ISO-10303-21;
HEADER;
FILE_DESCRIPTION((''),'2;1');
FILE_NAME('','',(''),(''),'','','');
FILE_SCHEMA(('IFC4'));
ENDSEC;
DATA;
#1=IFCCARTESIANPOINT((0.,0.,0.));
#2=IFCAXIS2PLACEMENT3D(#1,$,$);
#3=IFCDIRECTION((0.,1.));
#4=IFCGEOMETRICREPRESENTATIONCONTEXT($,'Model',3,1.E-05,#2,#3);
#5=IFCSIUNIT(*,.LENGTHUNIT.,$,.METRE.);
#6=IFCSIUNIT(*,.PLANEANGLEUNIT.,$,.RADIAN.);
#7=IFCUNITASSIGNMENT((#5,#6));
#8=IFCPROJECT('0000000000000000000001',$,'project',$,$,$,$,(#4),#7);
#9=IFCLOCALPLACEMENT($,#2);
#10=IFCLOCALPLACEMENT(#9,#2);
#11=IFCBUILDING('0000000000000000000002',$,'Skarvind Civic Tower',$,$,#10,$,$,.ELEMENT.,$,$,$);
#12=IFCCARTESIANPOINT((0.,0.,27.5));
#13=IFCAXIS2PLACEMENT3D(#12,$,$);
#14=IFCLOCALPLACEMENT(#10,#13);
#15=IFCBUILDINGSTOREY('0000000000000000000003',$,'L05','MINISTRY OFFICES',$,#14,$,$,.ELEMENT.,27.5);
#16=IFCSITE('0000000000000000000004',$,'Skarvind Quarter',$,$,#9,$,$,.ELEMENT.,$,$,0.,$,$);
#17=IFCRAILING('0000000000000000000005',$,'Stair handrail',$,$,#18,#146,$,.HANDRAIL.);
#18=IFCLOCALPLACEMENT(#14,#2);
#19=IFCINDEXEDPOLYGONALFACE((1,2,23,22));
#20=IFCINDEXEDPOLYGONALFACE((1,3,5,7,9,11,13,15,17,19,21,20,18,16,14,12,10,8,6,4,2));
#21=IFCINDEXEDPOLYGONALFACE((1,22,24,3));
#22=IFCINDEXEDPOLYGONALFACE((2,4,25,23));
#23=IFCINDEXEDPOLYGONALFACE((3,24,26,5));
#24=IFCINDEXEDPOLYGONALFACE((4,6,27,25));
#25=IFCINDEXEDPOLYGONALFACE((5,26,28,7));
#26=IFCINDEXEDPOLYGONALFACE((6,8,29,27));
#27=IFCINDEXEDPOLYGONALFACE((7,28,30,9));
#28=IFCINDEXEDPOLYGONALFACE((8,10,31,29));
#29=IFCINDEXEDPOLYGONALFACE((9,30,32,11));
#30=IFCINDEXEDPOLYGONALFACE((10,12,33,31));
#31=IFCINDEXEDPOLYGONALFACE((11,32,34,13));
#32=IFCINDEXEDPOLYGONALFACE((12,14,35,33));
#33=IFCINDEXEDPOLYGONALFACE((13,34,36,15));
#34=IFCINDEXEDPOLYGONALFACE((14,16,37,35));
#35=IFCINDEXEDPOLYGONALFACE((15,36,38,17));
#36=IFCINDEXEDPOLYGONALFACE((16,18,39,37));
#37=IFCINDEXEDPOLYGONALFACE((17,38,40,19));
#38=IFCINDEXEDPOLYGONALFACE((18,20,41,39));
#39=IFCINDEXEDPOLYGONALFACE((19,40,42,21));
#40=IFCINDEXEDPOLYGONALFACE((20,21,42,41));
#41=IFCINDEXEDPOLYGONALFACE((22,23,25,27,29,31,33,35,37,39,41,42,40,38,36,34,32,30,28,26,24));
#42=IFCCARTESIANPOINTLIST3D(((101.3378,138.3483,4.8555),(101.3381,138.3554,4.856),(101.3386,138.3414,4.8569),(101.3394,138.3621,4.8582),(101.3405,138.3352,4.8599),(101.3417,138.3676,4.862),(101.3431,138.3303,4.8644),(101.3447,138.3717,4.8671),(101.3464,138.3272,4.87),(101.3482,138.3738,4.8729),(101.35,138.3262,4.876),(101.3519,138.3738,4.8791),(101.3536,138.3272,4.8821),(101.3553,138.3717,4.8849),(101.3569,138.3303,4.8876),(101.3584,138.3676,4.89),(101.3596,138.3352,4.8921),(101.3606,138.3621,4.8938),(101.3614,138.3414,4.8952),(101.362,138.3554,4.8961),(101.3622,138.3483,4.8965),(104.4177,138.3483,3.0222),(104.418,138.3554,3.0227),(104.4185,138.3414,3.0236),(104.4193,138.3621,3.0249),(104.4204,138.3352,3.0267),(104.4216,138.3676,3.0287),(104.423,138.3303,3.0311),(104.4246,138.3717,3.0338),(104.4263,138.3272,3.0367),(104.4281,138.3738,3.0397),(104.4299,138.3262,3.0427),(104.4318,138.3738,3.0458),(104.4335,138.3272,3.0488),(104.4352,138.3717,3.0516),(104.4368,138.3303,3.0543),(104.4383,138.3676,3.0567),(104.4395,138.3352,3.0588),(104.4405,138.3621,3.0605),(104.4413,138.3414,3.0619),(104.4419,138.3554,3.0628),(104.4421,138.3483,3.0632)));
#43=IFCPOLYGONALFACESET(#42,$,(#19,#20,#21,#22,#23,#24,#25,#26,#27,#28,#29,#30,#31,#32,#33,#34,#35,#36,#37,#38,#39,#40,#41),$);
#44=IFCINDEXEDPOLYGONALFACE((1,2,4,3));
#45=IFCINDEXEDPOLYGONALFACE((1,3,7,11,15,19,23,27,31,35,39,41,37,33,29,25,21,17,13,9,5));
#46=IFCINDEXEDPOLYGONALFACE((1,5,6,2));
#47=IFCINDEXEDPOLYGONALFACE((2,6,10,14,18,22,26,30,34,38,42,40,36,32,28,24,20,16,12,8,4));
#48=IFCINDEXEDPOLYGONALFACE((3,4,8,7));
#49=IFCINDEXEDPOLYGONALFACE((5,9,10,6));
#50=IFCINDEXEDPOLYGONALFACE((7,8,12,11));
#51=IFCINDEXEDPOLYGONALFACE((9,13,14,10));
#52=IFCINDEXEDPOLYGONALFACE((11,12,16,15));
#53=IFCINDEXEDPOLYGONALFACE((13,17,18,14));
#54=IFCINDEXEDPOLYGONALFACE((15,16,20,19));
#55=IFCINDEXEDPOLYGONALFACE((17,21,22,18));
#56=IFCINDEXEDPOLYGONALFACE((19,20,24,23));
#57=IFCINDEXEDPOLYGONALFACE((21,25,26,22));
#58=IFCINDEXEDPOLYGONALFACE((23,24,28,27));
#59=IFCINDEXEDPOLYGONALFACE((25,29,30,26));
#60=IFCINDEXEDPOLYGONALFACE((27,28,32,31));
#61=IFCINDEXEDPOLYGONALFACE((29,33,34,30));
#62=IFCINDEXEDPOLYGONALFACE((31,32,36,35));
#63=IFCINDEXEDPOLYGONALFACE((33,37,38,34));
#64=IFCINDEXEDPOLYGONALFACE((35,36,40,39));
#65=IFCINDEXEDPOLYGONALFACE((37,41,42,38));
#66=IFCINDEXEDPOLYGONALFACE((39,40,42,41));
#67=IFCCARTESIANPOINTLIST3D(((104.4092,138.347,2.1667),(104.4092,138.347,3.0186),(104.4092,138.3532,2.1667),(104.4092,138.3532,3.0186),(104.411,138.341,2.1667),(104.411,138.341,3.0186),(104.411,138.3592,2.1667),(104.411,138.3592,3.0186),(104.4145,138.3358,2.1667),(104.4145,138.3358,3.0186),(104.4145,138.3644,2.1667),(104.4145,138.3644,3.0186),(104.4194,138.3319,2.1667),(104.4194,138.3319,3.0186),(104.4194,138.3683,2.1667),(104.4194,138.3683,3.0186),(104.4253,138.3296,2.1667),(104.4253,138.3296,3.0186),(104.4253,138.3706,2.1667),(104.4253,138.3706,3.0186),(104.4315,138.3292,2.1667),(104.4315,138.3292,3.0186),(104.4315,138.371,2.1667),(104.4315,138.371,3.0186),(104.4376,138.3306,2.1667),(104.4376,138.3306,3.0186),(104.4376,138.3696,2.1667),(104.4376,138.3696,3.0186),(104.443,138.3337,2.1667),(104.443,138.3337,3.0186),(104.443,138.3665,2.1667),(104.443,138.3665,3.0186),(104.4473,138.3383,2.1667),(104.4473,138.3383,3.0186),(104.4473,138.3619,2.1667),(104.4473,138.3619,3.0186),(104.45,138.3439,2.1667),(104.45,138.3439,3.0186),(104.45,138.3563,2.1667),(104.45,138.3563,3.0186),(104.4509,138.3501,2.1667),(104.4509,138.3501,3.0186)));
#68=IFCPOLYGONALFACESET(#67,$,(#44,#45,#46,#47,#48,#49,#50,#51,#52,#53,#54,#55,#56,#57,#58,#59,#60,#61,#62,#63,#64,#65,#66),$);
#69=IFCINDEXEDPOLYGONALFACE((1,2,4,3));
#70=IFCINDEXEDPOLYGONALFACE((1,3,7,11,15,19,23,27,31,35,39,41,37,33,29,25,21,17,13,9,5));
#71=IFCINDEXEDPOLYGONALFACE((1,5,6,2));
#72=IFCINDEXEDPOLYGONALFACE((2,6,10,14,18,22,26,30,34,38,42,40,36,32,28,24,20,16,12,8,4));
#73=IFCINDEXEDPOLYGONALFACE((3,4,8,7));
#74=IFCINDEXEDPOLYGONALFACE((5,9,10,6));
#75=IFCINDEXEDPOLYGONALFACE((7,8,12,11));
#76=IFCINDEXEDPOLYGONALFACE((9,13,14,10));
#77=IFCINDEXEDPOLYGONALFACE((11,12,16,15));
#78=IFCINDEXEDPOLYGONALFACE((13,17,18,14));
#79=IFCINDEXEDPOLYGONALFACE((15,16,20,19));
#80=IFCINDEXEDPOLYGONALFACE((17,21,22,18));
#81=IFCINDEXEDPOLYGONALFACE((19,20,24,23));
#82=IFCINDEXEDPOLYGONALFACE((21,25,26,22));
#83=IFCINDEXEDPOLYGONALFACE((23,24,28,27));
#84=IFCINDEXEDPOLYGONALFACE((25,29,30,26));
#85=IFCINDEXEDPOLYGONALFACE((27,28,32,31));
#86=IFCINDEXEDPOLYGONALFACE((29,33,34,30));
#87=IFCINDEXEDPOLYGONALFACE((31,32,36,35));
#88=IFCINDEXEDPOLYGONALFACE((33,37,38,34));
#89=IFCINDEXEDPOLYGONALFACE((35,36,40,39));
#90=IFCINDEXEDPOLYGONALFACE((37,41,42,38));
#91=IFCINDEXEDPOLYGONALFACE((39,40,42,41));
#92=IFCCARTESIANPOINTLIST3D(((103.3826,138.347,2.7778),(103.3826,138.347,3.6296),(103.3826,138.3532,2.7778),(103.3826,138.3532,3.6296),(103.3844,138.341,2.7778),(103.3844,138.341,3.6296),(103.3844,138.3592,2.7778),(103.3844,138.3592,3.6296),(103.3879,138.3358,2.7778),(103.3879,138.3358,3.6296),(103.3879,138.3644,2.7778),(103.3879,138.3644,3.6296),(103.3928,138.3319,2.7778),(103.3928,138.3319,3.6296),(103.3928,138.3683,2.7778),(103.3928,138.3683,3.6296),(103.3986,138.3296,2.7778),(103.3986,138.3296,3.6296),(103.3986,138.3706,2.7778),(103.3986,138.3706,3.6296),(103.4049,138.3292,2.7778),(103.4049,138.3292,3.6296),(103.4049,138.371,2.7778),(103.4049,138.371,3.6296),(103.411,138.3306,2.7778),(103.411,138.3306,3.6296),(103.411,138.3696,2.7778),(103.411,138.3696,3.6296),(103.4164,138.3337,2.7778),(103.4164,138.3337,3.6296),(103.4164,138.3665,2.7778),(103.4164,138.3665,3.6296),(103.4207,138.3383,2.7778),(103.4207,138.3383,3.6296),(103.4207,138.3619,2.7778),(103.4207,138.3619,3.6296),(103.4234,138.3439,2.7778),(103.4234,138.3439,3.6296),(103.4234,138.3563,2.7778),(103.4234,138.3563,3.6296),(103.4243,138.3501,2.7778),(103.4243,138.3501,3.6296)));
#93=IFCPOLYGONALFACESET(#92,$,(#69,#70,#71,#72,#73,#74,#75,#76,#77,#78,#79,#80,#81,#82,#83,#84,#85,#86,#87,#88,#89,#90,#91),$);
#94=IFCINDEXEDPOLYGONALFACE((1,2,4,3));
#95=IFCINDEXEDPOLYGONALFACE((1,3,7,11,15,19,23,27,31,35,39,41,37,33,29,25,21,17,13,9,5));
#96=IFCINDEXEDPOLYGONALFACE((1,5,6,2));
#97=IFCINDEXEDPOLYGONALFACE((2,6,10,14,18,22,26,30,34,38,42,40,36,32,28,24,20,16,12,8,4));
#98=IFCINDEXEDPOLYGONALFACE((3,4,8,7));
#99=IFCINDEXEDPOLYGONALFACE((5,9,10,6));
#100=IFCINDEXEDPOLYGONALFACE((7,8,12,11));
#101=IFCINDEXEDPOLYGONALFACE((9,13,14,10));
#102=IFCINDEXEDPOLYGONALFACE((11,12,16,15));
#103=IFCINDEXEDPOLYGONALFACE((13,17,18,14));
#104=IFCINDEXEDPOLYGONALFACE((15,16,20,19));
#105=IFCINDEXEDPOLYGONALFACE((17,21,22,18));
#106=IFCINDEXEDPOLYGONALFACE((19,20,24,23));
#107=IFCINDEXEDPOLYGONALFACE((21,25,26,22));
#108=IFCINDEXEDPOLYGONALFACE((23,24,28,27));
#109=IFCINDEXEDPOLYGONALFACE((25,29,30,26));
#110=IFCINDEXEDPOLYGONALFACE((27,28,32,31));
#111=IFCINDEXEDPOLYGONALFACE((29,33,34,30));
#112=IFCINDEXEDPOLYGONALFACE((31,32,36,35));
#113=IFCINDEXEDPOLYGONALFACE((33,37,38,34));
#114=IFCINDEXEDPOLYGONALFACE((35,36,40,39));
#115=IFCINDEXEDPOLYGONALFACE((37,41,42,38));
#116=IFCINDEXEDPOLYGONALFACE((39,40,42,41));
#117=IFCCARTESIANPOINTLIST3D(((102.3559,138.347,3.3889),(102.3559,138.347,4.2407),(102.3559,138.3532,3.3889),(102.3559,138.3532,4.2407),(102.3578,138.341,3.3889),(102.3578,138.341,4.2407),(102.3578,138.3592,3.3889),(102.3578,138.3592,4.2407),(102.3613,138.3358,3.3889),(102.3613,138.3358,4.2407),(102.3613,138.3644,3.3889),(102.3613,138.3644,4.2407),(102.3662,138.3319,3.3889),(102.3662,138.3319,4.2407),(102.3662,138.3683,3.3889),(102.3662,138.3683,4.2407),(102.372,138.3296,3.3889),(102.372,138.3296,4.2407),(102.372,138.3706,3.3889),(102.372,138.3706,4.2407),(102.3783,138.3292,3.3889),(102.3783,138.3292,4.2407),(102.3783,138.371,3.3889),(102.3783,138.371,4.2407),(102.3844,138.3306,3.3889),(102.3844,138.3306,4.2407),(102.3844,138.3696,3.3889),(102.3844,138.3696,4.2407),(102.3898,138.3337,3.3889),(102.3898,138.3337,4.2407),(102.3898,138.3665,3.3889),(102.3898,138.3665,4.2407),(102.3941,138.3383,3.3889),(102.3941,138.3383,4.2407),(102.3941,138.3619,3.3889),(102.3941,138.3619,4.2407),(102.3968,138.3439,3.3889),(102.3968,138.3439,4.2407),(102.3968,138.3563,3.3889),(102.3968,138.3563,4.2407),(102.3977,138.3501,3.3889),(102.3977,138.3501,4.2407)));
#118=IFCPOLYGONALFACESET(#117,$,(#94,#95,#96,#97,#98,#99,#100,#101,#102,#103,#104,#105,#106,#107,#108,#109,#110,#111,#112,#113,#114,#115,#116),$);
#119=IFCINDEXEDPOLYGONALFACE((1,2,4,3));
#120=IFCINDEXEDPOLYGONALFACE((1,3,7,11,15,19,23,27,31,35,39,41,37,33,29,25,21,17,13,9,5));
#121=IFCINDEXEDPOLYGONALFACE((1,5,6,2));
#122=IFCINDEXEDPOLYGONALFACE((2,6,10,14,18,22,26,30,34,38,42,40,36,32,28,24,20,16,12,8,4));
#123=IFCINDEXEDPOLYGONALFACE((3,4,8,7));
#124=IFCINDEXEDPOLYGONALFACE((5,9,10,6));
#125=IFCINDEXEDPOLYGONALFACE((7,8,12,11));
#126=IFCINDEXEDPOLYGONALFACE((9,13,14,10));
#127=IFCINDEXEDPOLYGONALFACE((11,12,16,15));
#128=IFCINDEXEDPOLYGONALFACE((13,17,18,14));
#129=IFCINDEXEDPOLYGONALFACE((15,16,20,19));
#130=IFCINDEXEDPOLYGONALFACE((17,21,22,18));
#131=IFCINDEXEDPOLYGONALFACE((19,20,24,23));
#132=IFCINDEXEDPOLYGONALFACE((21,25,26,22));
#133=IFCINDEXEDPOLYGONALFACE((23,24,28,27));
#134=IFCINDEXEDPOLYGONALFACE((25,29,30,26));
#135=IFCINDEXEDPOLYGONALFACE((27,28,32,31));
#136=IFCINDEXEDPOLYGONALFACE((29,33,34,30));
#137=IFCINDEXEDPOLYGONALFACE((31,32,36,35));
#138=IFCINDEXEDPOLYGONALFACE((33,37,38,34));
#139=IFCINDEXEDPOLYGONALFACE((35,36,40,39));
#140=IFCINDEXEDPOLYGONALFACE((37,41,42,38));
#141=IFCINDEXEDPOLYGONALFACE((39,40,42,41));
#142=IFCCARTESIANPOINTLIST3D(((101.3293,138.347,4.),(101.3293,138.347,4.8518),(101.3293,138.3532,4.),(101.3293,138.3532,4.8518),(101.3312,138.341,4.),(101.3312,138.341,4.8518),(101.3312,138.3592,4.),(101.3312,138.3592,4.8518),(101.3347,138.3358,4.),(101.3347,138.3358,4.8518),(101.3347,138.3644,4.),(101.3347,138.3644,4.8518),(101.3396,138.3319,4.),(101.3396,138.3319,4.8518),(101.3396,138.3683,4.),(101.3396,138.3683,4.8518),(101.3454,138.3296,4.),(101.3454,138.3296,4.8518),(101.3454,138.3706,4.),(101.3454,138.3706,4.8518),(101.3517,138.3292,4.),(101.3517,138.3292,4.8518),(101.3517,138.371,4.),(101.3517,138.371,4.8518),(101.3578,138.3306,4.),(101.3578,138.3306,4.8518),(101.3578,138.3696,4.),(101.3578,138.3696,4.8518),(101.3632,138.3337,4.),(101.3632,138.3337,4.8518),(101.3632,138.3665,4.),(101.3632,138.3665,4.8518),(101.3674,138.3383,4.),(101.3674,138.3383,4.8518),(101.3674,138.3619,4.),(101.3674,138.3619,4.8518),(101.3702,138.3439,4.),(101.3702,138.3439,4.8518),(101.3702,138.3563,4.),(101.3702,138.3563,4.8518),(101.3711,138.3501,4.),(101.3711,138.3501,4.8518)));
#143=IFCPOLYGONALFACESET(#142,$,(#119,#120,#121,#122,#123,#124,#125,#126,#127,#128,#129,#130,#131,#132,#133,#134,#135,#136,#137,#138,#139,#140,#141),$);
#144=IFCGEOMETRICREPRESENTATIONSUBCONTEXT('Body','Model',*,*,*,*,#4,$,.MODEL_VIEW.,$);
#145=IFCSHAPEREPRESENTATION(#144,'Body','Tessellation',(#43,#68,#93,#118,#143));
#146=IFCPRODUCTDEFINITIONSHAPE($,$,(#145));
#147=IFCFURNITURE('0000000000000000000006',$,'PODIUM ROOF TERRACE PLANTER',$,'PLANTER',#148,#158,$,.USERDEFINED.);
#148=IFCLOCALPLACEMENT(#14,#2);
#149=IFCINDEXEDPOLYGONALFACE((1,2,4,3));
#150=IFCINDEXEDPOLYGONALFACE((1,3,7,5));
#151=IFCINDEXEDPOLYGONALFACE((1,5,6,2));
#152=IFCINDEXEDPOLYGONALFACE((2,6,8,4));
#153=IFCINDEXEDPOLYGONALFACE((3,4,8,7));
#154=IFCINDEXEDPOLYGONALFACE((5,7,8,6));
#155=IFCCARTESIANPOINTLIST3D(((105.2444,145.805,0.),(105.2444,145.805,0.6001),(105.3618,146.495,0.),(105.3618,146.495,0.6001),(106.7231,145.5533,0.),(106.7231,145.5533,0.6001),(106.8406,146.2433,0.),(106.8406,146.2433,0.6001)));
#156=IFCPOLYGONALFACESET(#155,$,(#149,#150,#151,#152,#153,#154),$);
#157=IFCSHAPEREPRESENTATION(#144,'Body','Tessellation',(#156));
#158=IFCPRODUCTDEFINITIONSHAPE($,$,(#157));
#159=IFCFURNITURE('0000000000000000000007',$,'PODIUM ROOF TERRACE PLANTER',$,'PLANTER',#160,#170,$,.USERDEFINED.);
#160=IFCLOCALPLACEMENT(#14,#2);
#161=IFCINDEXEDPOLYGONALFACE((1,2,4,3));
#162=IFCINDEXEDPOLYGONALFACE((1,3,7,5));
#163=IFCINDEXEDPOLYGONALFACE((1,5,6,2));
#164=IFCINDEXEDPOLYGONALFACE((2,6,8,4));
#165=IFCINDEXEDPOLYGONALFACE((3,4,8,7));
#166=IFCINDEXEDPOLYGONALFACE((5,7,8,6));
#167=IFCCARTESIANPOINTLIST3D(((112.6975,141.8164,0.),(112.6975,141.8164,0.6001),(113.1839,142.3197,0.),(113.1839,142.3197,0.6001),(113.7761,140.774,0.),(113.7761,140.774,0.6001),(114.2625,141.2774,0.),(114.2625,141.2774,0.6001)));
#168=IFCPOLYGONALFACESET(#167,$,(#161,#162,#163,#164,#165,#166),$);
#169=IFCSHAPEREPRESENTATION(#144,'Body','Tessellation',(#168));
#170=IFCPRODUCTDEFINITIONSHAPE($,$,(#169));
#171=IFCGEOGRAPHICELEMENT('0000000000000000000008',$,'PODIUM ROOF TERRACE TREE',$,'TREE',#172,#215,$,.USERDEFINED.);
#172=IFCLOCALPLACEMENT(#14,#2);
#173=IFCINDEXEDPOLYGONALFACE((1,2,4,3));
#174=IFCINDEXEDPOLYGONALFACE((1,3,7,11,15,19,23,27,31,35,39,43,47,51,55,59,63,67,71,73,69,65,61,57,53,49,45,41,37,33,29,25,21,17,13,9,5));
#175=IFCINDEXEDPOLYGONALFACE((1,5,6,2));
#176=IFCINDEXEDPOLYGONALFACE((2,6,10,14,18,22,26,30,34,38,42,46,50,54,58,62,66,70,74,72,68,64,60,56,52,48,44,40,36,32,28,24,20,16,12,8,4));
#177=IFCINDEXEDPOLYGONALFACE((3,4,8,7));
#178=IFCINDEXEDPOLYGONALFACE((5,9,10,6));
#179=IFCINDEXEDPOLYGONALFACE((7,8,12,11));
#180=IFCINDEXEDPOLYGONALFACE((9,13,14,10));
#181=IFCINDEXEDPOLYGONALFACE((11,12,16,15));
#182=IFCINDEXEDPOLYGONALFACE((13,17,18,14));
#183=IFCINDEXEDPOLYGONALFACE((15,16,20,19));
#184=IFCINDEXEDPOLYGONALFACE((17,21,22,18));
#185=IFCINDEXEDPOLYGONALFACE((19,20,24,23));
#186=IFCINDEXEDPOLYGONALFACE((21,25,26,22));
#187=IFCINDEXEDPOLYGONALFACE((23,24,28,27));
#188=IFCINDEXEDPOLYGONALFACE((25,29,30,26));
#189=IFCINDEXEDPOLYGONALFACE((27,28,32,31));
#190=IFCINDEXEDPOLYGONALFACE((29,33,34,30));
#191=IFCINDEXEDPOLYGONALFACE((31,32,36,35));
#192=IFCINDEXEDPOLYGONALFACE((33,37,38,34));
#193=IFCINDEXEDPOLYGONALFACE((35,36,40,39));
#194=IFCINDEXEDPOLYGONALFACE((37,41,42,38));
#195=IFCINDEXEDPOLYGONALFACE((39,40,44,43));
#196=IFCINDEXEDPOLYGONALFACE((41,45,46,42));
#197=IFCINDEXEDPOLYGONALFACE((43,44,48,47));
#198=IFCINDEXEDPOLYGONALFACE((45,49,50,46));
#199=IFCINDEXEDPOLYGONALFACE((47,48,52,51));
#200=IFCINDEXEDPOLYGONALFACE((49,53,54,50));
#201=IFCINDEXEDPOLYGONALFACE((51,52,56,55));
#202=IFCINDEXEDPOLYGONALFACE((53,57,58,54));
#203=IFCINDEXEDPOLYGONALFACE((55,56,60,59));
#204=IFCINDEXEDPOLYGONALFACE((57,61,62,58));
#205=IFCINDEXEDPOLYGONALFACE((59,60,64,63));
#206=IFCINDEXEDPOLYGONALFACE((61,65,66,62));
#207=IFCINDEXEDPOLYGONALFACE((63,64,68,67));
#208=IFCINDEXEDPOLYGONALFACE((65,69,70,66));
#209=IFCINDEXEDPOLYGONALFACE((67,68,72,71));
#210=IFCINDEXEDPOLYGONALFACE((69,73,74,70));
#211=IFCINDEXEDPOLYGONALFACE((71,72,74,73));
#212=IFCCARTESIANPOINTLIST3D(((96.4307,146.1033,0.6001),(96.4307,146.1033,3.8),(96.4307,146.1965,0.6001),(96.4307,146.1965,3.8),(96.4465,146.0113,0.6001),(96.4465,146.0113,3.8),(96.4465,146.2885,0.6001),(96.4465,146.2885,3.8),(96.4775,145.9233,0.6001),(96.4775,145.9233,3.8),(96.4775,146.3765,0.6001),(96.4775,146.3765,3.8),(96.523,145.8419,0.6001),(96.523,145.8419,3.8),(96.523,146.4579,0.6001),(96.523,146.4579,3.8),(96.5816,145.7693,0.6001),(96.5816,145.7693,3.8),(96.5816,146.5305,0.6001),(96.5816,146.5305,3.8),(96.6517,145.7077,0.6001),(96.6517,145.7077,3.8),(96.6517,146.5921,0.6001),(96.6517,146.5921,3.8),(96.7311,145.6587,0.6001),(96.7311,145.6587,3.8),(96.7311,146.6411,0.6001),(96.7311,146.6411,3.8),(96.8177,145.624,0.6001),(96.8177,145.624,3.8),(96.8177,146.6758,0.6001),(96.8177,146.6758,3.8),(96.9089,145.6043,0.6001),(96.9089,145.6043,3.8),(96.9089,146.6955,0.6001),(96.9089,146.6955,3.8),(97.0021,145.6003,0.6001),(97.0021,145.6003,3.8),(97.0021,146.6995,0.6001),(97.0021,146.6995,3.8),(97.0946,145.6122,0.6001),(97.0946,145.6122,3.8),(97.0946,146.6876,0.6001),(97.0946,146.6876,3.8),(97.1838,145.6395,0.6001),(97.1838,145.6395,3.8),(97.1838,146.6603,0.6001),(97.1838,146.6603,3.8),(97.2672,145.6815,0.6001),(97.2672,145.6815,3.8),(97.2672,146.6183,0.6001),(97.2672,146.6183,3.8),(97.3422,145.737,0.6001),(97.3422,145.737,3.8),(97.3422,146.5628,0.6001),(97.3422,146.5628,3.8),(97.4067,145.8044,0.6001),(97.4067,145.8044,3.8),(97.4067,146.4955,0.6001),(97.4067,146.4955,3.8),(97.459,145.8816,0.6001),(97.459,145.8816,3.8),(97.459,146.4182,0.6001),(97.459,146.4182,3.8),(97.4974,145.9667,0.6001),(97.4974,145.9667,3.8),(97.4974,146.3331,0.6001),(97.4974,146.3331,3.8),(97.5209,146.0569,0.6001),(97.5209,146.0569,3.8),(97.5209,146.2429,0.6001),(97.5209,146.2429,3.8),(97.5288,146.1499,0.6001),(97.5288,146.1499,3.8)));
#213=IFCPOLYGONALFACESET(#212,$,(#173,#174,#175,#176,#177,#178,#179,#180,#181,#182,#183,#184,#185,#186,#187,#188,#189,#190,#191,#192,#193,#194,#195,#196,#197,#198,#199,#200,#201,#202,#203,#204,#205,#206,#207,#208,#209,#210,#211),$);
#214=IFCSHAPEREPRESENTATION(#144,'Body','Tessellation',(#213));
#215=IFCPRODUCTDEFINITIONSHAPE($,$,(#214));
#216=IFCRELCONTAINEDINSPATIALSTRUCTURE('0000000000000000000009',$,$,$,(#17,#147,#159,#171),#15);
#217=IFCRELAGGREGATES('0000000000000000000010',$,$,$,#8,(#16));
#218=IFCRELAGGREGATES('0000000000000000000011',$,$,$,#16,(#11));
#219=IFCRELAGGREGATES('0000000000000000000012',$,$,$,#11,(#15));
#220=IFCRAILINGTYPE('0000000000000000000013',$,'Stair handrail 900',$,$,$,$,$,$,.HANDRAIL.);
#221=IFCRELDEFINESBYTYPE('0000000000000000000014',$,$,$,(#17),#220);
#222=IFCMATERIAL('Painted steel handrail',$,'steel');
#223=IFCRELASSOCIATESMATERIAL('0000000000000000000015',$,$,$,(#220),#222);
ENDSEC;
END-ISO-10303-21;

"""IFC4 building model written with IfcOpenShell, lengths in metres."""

from ifc_helpers import new_model, si_unit, direction, frame, origin, origin_2d, place, context, subcontext, project, spatial, rectangle, circle, extrude, material, type_object, element, save


model = new_model("IFC4")

# Units and contexts
model_context = context("Model", 3, precision=1e-05, world=origin(), true_north=direction((0.0, 1.0)))
body_context = subcontext(model_context, "Body", "Model", "MODEL_VIEW")
ifc_project = project(units=[si_unit("LENGTHUNIT", "METRE"), si_unit("PLANEANGLEUNIT", "RADIAN")], contexts=[model_context])

# Site, building, storey
site_placement = place(None, origin())
site = spatial("IfcSite", under=ifc_project, at=site_placement, Name="Skarvind Quarter", CompositionType="ELEMENT", RefElevation=0.0)
building_placement = place(site_placement, origin())
building = spatial("IfcBuilding", under=site, at=building_placement, Name="Skarvind Civic Tower", CompositionType="ELEMENT")
storey_placement = place(building_placement, frame((0.0, 0.0, 27.5)))
storey = spatial("IfcBuildingStorey", under=building, at=storey_placement, Name="L05", Description="MINISTRY OFFICES", CompositionType="ELEMENT", Elevation=27.5)

# Railing
ifc_material_1 = material(Name="Painted steel handrail", Category="steel")
railing_type_1 = type_object("IfcRailingType", Name="Stair handrail 900", PredefinedType="HANDRAIL", material=ifc_material_1)
railing_1_placement = place(storey_placement, frame((104.4299, 138.3501, 2.1667)))
element("IfcRailing", 1, at=railing_1_placement, inside=storey, type_object=railing_type_1, Name="Stair handrail", PredefinedType="HANDRAIL", context=body_context, shape_type="SweptSolid", body=[
    extrude(circle(Radius=0.0239, at=origin_2d()), frame((0.0, 0.0, 0.876), z_axis=(-0.859291, 0.0, 0.511487), x_axis=(0.0, -1.0, 0.0)), (0.0, 0.0, 1.0), 3.5842),
    extrude(circle(Radius=0.021, at=origin_2d()), origin(), (0.0, 0.0, 1.0), 0.8518),
    extrude(circle(Radius=0.021, at=origin_2d()), frame((-1.0266, 0.0, 0.6111)), (0.0, 0.0, 1.0), 0.8518),
    extrude(circle(Radius=0.021, at=origin_2d()), frame((-2.0532, 0.0, 1.2222)), (0.0, 0.0, 1.0), 0.8518),
    extrude(circle(Radius=0.021, at=origin_2d()), frame((-3.0798, 0.0, 1.8333)), (0.0, 0.0, 1.0), 0.8518),
])

# Furniture
for number, where, z_axis, x_axis, name in (
    (2, (106.0425, 146.0242, 0.0), (0.0, 0.0, 1.0), (0.985821, -0.167801, 0.0), "PODIUM ROOF TERRACE PLANTER"),
    (3, (113.48, 141.5469, 0.0), (0.0, 0.0, 1.0), (0.719097, -0.694909, 0.0), "PODIUM ROOF TERRACE PLANTER"),
):
    element("IfcFurniture", number, at=place(storey_placement, frame(where, z_axis=z_axis, x_axis=x_axis)), inside=storey, Name=name, ObjectType="PLANTER", PredefinedType="USERDEFINED", context=body_context, shape_type="SweptSolid", body=[
        extrude(rectangle(XDim=1.5, YDim=0.7, at=origin_2d()), origin(), (0.0, 0.0, 1.0), 0.6001),
    ])

# Geographic element
for number, where, z_axis, x_axis, name in (
    (4, (96.9788, 146.1499, 0.6001), (0.0, 0.0, 1.0), (1.0, 0.0, 0.0), "PODIUM ROOF TERRACE TREE"),
):
    element("IfcGeographicElement", number, at=place(storey_placement, frame(where, z_axis=z_axis, x_axis=x_axis)), inside=storey, Name=name, ObjectType="TREE", PredefinedType="USERDEFINED", context=body_context, shape_type="SweptSolid", body=[
        extrude(circle(Radius=0.55, at=origin_2d()), origin(), (0.0, 0.0, 1.0), 3.2),
    ])

save(model, "model.ifc")
